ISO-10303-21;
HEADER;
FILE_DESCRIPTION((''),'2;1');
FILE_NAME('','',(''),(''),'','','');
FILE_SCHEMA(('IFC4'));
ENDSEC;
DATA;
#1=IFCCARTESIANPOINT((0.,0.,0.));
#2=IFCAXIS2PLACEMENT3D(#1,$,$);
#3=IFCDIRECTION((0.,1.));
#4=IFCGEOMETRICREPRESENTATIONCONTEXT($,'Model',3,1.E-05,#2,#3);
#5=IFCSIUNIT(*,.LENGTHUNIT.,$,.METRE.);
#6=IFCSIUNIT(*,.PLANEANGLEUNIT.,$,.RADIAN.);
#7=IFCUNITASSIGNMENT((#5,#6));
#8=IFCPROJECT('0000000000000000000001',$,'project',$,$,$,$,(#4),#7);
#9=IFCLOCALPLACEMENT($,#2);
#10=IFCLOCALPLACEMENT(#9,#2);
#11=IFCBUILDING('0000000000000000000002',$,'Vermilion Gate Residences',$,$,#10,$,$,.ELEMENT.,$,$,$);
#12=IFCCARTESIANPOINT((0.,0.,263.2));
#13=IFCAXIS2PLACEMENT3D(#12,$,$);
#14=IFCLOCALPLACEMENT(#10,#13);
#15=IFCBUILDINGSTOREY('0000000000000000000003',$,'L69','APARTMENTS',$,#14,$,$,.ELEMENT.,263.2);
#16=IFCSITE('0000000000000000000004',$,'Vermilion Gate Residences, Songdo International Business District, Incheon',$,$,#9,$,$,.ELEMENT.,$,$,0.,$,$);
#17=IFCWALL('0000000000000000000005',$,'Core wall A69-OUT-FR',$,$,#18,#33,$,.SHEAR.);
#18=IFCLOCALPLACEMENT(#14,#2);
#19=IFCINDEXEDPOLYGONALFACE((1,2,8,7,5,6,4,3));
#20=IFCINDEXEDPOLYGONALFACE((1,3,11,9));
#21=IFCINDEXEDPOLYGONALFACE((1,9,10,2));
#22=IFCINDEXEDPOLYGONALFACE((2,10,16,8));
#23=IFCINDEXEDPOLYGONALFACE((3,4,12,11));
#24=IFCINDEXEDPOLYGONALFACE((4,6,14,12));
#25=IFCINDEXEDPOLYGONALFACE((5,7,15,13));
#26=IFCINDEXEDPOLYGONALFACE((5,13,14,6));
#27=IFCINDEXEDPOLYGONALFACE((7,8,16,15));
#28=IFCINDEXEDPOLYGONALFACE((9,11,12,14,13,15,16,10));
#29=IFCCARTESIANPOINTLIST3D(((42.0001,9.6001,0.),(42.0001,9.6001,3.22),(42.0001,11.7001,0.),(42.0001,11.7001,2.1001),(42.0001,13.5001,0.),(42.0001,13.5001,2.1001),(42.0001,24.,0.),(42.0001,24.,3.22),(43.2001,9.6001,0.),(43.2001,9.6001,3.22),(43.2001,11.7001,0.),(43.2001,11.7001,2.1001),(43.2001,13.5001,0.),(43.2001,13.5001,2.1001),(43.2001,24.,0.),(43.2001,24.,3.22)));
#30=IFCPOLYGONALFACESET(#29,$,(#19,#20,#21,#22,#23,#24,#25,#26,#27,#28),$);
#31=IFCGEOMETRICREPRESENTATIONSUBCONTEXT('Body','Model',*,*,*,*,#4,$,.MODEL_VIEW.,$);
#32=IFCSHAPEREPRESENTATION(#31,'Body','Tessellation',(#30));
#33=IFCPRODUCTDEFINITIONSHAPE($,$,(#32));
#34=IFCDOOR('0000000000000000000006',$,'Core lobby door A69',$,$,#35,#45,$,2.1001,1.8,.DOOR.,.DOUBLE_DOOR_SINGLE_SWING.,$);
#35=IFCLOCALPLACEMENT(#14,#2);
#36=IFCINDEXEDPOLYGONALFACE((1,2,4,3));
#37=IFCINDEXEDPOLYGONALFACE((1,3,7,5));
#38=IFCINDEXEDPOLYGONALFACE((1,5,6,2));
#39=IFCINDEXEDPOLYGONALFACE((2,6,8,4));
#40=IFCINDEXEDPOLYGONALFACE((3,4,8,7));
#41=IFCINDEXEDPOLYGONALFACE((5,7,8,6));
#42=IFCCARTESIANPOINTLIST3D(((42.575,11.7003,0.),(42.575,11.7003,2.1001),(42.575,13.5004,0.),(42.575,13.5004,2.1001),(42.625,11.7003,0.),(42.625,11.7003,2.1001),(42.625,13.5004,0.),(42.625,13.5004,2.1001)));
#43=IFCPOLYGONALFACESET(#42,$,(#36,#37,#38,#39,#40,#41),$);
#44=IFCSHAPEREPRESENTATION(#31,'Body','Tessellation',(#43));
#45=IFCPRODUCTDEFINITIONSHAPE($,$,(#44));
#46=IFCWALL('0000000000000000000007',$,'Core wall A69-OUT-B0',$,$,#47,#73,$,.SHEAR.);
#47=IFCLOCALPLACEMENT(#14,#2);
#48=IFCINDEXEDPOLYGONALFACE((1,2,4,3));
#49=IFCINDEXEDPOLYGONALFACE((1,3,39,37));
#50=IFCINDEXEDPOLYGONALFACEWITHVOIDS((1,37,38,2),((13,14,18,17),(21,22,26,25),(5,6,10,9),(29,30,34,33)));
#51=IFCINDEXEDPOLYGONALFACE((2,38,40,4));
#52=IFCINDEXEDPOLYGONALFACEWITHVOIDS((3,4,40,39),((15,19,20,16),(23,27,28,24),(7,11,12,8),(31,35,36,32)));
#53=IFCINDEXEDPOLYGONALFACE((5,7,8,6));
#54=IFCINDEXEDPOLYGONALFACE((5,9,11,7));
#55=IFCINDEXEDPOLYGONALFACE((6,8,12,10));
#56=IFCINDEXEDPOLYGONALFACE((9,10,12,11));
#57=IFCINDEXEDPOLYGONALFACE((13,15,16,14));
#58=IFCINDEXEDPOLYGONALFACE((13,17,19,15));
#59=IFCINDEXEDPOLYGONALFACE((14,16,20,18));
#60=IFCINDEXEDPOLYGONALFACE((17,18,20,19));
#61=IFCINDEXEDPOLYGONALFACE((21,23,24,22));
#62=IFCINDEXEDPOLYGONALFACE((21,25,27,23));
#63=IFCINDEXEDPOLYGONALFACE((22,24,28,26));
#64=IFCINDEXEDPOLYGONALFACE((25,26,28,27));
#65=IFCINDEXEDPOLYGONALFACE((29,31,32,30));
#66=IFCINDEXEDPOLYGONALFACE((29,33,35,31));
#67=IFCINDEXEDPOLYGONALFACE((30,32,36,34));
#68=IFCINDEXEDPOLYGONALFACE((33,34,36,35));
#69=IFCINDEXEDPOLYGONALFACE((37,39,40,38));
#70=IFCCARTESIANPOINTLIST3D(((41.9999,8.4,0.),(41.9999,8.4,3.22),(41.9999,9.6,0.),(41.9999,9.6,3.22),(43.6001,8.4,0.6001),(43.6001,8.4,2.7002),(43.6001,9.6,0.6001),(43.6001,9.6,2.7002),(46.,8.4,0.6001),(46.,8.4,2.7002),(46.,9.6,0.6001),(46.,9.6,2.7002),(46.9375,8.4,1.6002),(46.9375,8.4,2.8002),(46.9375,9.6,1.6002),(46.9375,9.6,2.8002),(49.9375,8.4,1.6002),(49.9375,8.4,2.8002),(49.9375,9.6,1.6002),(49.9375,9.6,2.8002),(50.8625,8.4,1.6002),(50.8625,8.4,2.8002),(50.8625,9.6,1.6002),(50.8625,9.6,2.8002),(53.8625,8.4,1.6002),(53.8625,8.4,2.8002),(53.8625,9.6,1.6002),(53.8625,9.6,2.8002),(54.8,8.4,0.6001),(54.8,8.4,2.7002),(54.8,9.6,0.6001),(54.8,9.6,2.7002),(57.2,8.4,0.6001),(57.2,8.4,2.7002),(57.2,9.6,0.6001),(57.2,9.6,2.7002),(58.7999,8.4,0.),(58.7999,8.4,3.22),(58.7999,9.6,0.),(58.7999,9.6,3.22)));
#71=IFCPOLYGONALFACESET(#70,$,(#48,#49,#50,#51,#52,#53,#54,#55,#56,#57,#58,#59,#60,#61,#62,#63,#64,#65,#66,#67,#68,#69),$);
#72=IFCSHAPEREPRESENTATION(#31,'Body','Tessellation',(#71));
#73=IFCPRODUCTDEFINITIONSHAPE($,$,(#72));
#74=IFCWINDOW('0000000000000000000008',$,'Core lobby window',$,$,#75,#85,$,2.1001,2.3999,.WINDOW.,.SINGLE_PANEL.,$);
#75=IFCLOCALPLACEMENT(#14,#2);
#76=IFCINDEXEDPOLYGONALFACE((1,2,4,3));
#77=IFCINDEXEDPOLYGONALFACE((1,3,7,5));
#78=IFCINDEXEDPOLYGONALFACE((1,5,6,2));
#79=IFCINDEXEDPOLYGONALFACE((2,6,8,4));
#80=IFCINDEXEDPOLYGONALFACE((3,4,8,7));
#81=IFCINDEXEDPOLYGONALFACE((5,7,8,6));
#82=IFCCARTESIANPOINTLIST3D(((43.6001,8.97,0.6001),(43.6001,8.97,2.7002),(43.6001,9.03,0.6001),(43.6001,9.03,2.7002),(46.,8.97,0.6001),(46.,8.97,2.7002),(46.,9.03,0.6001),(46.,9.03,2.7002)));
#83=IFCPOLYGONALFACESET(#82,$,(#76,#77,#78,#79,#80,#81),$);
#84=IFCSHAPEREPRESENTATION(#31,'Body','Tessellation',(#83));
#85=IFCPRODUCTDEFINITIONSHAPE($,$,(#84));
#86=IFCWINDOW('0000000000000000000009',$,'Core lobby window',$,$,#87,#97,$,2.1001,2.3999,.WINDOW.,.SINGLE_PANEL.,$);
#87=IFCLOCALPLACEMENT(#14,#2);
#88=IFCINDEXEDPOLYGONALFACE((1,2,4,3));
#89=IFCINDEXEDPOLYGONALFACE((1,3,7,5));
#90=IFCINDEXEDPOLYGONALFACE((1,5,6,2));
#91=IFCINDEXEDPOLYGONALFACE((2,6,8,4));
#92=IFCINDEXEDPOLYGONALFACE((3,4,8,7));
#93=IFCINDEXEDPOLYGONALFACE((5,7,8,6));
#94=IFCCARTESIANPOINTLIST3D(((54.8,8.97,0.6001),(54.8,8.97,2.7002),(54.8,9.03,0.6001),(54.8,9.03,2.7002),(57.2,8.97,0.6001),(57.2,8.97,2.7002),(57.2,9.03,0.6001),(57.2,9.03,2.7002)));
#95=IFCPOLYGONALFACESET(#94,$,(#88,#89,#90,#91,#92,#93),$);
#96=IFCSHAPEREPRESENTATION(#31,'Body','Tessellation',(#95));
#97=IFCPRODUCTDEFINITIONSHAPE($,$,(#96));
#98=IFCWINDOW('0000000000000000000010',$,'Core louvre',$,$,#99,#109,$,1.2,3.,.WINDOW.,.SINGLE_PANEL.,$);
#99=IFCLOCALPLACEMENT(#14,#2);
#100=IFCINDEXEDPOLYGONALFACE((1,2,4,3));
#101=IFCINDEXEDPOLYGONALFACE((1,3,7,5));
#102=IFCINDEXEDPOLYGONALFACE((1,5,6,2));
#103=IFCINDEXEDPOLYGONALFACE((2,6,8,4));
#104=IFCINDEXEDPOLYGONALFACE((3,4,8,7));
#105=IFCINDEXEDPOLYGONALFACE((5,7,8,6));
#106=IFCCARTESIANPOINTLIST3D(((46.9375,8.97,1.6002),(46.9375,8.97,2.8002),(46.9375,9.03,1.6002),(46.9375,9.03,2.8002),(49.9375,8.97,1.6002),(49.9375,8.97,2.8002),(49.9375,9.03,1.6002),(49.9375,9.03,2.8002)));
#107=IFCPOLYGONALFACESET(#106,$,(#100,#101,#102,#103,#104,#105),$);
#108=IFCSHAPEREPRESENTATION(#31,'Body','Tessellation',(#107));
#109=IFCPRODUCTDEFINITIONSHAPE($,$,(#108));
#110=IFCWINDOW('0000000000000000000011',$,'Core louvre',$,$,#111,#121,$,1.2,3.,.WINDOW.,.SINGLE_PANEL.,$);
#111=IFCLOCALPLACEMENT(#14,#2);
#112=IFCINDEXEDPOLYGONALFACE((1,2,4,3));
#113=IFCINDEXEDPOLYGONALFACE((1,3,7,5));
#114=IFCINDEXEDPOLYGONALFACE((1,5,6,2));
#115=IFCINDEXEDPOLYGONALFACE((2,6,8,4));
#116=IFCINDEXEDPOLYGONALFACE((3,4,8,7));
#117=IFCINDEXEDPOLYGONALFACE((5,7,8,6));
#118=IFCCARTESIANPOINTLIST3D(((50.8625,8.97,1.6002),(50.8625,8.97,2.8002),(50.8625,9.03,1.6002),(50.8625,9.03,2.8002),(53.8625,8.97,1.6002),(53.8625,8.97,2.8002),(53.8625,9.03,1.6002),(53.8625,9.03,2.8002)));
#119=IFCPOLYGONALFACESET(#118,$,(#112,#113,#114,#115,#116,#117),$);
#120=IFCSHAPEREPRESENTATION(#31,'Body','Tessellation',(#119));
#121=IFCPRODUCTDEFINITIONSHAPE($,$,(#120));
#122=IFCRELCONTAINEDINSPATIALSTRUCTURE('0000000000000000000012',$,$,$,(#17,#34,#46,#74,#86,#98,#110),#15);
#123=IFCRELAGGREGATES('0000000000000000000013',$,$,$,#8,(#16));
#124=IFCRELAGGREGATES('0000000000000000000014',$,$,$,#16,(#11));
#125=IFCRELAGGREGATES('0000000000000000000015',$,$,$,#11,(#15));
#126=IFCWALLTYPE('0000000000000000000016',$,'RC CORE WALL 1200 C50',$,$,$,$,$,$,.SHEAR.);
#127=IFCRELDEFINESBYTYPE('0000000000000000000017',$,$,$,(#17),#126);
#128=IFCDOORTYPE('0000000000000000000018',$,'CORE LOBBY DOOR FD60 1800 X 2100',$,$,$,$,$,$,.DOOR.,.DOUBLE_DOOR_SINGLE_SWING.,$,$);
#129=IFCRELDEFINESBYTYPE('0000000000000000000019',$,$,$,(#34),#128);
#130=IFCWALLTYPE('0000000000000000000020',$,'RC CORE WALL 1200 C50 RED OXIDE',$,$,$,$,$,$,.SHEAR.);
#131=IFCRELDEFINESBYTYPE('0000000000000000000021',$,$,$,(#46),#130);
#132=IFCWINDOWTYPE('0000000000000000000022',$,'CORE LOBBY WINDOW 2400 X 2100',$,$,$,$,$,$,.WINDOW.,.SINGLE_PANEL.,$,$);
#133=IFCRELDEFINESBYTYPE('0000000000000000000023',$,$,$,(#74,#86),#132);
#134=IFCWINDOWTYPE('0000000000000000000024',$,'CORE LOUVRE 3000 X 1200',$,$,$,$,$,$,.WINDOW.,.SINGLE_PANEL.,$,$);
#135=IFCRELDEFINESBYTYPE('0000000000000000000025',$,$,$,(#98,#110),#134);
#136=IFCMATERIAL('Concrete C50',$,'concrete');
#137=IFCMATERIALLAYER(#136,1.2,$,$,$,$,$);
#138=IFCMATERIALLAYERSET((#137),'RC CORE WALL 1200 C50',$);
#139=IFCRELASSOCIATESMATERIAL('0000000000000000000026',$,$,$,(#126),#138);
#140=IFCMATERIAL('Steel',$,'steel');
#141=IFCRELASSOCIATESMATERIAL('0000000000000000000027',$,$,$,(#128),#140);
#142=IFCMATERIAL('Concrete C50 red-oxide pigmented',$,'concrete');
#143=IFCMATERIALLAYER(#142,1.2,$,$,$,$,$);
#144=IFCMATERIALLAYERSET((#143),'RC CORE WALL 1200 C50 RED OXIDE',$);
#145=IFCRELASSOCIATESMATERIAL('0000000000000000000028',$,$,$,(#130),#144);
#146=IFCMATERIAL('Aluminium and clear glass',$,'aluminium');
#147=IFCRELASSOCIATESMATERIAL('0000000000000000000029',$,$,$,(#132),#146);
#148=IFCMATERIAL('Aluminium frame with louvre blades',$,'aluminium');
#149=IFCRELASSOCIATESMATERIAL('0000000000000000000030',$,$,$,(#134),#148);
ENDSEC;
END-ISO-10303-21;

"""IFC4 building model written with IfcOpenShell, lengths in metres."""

from ifc_helpers import new_model, si_unit, direction, frame, frame_2d, origin, place, context, subcontext, project, spatial, rectangle, extrude, material, layer, layer_set, type_object, element, fill, save


model = new_model("IFC4")

# Units and contexts
model_context = context("Model", 3, precision=1e-05, world=origin(), true_north=direction((0.0, 1.0)))
body_context = subcontext(model_context, "Body", "Model", "MODEL_VIEW")
ifc_project = project(units=[si_unit("LENGTHUNIT", "METRE"), si_unit("PLANEANGLEUNIT", "RADIAN")], contexts=[model_context])

# Site, building, storey
site_placement = place(None, origin())
site = spatial("IfcSite", under=ifc_project, at=site_placement, Name="Vermilion Gate Residences, Songdo International Business District, Incheon", CompositionType="ELEMENT", RefElevation=0.0)
building_placement = place(site_placement, origin())
building = spatial("IfcBuilding", under=site, at=building_placement, Name="Vermilion Gate Residences", CompositionType="ELEMENT")
storey_placement = place(building_placement, frame((0.0, 0.0, 263.2)))
storey = spatial("IfcBuildingStorey", under=building, at=storey_placement, Name="L69", Description="APARTMENTS", CompositionType="ELEMENT", Elevation=263.2)

# Wall, opening, door
ifc_material_1 = material(Name="Concrete C50", Category="concrete")
ifc_layer_1 = layer(ifc_material_1, 1.2)
ifc_layer_set_1 = layer_set([ifc_layer_1], Name="RC CORE WALL 1200 C50")
wall_type_1 = type_object("IfcWallType", Name="RC CORE WALL 1200 C50", PredefinedType="SHEAR", material=ifc_layer_set_1)
wall_1_placement = place(storey_placement, frame((42.6001, 9.6001, 0.0), z_axis=(0.0, 0.0, 1.0), x_axis=(0.0, 1.0, 0.0)))
wall_1 = element("IfcWall", 1, at=wall_1_placement, inside=storey, type_object=wall_type_1, Name="Core wall A69-OUT-FR", PredefinedType="SHEAR", context=body_context, shape_type="SweptSolid", body=[
    extrude(rectangle(XDim=14.3999, YDim=1.2, at=frame_2d((7.2, 0.0))), origin(), (0.0, 0.0, 1.0), 3.22),
])
opening_1_placement = place(wall_1_placement, frame((2.1001, 0.0, 0.0)))
opening_1 = element("IfcOpeningElement", 2, at=opening_1_placement, cuts=wall_1, PredefinedType="OPENING", context=body_context, shape_type="SweptSolid", body=[
    extrude(rectangle(XDim=1.8, YDim=2.1001, at=frame_2d((0.8999, 1.05))), frame((0.0, 0.6099, 0.0), z_axis=(0.0, -1.0, 0.0), x_axis=(1.0, 0.0, 0.0)), (0.0, 0.0, 1.0), 1.22),
])
ifc_material_2 = material(Name="Steel", Category="steel")
door_type_1 = type_object("IfcDoorType", Name="CORE LOBBY DOOR FD60 1800 X 2100", OperationType="DOUBLE_DOOR_SINGLE_SWING", PredefinedType="DOOR", material=ifc_material_2)
door_1_placement = place(opening_1_placement, frame((1.8, 0.0, 0.0), z_axis=(0.0, 0.0, 1.0), x_axis=(-1.0, 0.0, 0.0)))
door_1 = element("IfcDoor", 3, at=door_1_placement, inside=storey, type_object=door_type_1, Name="Core lobby door A69", OperationType="DOUBLE_DOOR_SINGLE_SWING", OverallHeight=2.1001, OverallWidth=1.8, PredefinedType="DOOR", context=body_context, shape_type="SweptSolid", body=[
    extrude(rectangle(XDim=1.8, YDim=2.1001, at=frame_2d((0.8999, 1.05))), frame((0.0, 0.0249, 0.0), z_axis=(0.0, -1.0, 0.0), x_axis=(1.0, 0.0, 0.0)), (0.0, 0.0, 1.0), 0.05),
])
fill(opening_1, door_1)

# Wall, openings, windows
ifc_material_3 = material(Name="Concrete C50 red-oxide pigmented", Category="concrete")
ifc_layer_2 = layer(ifc_material_3, 1.2)
ifc_layer_set_2 = layer_set([ifc_layer_2], Name="RC CORE WALL 1200 C50 RED OXIDE")
wall_type_2 = type_object("IfcWallType", Name="RC CORE WALL 1200 C50 RED OXIDE", PredefinedType="SHEAR", material=ifc_layer_set_2)
wall_2_placement = place(storey_placement, frame((42.0, 9.0, 0.0), z_axis=(0.0, 0.0, 1.0), x_axis=(1.0, 0.0, 0.0)))
wall_2 = element("IfcWall", 4, at=wall_2_placement, inside=storey, type_object=wall_type_2, Name="Core wall A69-OUT-B0", PredefinedType="SHEAR", context=body_context, shape_type="SweptSolid", body=[
    extrude(rectangle(XDim=16.8, YDim=1.2, at=frame_2d((8.3999, 0.0))), origin(), (0.0, 0.0, 1.0), 3.22),
])
opening_2_placement = place(wall_2_placement, frame((1.6001, 0.0, 0.6001)))
opening_2 = element("IfcOpeningElement", 5, at=opening_2_placement, cuts=wall_2, PredefinedType="OPENING", context=body_context, shape_type="SweptSolid", body=[
    extrude(rectangle(XDim=2.3999, YDim=2.1001, at=frame_2d((1.2, 1.05))), frame((0.0, 0.6099, 0.0), z_axis=(0.0, -1.0, 0.0), x_axis=(1.0, 0.0, 0.0)), (0.0, 0.0, 1.0), 1.22),
])
opening_3_placement = place(wall_2_placement, frame((4.9375, 0.0, 1.6001)))
opening_3 = element("IfcOpeningElement", 6, at=opening_3_placement, cuts=wall_2, PredefinedType="OPENING", context=body_context, shape_type="SweptSolid", body=[
    extrude(rectangle(XDim=3.0, YDim=1.2, at=frame_2d((1.5, 0.6001))), frame((0.0, 0.6099, 0.0), z_axis=(0.0, -1.0, 0.0), x_axis=(1.0, 0.0, 0.0)), (0.0, 0.0, 1.0), 1.22),
])
opening_4_placement = place(wall_2_placement, frame((8.8625, 0.0, 1.6001)))
opening_4 = element("IfcOpeningElement", 7, at=opening_4_placement, cuts=wall_2, PredefinedType="OPENING", context=body_context, shape_type="SweptSolid", body=[
    extrude(rectangle(XDim=3.0, YDim=1.2, at=frame_2d((1.5, 0.6001))), frame((0.0, 0.6099, 0.0), z_axis=(0.0, -1.0, 0.0), x_axis=(1.0, 0.0, 0.0)), (0.0, 0.0, 1.0), 1.22),
])
opening_5_placement = place(wall_2_placement, frame((12.8, 0.0, 0.6001)))
opening_5 = element("IfcOpeningElement", 8, at=opening_5_placement, cuts=wall_2, PredefinedType="OPENING", context=body_context, shape_type="SweptSolid", body=[
    extrude(rectangle(XDim=2.3999, YDim=2.1001, at=frame_2d((1.2, 1.05))), frame((0.0, 0.6099, 0.0), z_axis=(0.0, -1.0, 0.0), x_axis=(1.0, 0.0, 0.0)), (0.0, 0.0, 1.0), 1.22),
])
ifc_material_4 = material(Name="Aluminium and clear glass", Category="aluminium")
window_type_1 = type_object("IfcWindowType", Name="CORE LOBBY WINDOW 2400 X 2100", PartitioningType="SINGLE_PANEL", PredefinedType="WINDOW", material=ifc_material_4)
window_1_placement = place(opening_2_placement, origin())
window_1 = element("IfcWindow", 9, at=window_1_placement, inside=storey, type_object=window_type_1, Name="Core lobby window", OverallHeight=2.1001, OverallWidth=2.3999, PartitioningType="SINGLE_PANEL", PredefinedType="WINDOW", context=body_context, shape_type="SweptSolid", body=[
    extrude(rectangle(XDim=2.3999, YDim=2.1001, at=frame_2d((1.2, 1.05))), frame((0.0, 0.03, 0.0), z_axis=(0.0, -1.0, 0.0), x_axis=(1.0, 0.0, 0.0)), (0.0, 0.0, 1.0), 0.0601),
])
fill(opening_2, window_1)
window_2_placement = place(opening_5_placement, origin())
window_2 = element("IfcWindow", 10, at=window_2_placement, inside=storey, type_object=window_type_1, Name="Core lobby window", OverallHeight=2.1001, OverallWidth=2.3999, PartitioningType="SINGLE_PANEL", PredefinedType="WINDOW", context=body_context, shape_type="SweptSolid", body=[
    extrude(rectangle(XDim=2.3999, YDim=2.1001, at=frame_2d((1.2, 1.05))), frame((0.0, 0.03, 0.0), z_axis=(0.0, -1.0, 0.0), x_axis=(1.0, 0.0, 0.0)), (0.0, 0.0, 1.0), 0.0601),
])
fill(opening_5, window_2)
ifc_material_5 = material(Name="Aluminium frame with louvre blades", Category="aluminium")
window_type_2 = type_object("IfcWindowType", Name="CORE LOUVRE 3000 X 1200", PartitioningType="SINGLE_PANEL", PredefinedType="WINDOW", material=ifc_material_5)
window_3_placement = place(opening_3_placement, origin())
window_3 = element("IfcWindow", 11, at=window_3_placement, inside=storey, type_object=window_type_2, Name="Core louvre", OverallHeight=1.2, OverallWidth=3.0, PartitioningType="SINGLE_PANEL", PredefinedType="WINDOW", context=body_context, shape_type="SweptSolid", body=[
    extrude(rectangle(XDim=3.0, YDim=1.2, at=frame_2d((1.5, 0.6001))), frame((0.0, 0.03, 0.0), z_axis=(0.0, -1.0, 0.0), x_axis=(1.0, 0.0, 0.0)), (0.0, 0.0, 1.0), 0.0601),
])
fill(opening_3, window_3)
window_4_placement = place(opening_4_placement, origin())
window_4 = element("IfcWindow", 12, at=window_4_placement, inside=storey, type_object=window_type_2, Name="Core louvre", OverallHeight=1.2, OverallWidth=3.0, PartitioningType="SINGLE_PANEL", PredefinedType="WINDOW", context=body_context, shape_type="SweptSolid", body=[
    extrude(rectangle(XDim=3.0, YDim=1.2, at=frame_2d((1.5, 0.6001))), frame((0.0, 0.03, 0.0), z_axis=(0.0, -1.0, 0.0), x_axis=(1.0, 0.0, 0.0)), (0.0, 0.0, 1.0), 0.0601),
])
fill(opening_4, window_4)

save(model, "model.ifc")
